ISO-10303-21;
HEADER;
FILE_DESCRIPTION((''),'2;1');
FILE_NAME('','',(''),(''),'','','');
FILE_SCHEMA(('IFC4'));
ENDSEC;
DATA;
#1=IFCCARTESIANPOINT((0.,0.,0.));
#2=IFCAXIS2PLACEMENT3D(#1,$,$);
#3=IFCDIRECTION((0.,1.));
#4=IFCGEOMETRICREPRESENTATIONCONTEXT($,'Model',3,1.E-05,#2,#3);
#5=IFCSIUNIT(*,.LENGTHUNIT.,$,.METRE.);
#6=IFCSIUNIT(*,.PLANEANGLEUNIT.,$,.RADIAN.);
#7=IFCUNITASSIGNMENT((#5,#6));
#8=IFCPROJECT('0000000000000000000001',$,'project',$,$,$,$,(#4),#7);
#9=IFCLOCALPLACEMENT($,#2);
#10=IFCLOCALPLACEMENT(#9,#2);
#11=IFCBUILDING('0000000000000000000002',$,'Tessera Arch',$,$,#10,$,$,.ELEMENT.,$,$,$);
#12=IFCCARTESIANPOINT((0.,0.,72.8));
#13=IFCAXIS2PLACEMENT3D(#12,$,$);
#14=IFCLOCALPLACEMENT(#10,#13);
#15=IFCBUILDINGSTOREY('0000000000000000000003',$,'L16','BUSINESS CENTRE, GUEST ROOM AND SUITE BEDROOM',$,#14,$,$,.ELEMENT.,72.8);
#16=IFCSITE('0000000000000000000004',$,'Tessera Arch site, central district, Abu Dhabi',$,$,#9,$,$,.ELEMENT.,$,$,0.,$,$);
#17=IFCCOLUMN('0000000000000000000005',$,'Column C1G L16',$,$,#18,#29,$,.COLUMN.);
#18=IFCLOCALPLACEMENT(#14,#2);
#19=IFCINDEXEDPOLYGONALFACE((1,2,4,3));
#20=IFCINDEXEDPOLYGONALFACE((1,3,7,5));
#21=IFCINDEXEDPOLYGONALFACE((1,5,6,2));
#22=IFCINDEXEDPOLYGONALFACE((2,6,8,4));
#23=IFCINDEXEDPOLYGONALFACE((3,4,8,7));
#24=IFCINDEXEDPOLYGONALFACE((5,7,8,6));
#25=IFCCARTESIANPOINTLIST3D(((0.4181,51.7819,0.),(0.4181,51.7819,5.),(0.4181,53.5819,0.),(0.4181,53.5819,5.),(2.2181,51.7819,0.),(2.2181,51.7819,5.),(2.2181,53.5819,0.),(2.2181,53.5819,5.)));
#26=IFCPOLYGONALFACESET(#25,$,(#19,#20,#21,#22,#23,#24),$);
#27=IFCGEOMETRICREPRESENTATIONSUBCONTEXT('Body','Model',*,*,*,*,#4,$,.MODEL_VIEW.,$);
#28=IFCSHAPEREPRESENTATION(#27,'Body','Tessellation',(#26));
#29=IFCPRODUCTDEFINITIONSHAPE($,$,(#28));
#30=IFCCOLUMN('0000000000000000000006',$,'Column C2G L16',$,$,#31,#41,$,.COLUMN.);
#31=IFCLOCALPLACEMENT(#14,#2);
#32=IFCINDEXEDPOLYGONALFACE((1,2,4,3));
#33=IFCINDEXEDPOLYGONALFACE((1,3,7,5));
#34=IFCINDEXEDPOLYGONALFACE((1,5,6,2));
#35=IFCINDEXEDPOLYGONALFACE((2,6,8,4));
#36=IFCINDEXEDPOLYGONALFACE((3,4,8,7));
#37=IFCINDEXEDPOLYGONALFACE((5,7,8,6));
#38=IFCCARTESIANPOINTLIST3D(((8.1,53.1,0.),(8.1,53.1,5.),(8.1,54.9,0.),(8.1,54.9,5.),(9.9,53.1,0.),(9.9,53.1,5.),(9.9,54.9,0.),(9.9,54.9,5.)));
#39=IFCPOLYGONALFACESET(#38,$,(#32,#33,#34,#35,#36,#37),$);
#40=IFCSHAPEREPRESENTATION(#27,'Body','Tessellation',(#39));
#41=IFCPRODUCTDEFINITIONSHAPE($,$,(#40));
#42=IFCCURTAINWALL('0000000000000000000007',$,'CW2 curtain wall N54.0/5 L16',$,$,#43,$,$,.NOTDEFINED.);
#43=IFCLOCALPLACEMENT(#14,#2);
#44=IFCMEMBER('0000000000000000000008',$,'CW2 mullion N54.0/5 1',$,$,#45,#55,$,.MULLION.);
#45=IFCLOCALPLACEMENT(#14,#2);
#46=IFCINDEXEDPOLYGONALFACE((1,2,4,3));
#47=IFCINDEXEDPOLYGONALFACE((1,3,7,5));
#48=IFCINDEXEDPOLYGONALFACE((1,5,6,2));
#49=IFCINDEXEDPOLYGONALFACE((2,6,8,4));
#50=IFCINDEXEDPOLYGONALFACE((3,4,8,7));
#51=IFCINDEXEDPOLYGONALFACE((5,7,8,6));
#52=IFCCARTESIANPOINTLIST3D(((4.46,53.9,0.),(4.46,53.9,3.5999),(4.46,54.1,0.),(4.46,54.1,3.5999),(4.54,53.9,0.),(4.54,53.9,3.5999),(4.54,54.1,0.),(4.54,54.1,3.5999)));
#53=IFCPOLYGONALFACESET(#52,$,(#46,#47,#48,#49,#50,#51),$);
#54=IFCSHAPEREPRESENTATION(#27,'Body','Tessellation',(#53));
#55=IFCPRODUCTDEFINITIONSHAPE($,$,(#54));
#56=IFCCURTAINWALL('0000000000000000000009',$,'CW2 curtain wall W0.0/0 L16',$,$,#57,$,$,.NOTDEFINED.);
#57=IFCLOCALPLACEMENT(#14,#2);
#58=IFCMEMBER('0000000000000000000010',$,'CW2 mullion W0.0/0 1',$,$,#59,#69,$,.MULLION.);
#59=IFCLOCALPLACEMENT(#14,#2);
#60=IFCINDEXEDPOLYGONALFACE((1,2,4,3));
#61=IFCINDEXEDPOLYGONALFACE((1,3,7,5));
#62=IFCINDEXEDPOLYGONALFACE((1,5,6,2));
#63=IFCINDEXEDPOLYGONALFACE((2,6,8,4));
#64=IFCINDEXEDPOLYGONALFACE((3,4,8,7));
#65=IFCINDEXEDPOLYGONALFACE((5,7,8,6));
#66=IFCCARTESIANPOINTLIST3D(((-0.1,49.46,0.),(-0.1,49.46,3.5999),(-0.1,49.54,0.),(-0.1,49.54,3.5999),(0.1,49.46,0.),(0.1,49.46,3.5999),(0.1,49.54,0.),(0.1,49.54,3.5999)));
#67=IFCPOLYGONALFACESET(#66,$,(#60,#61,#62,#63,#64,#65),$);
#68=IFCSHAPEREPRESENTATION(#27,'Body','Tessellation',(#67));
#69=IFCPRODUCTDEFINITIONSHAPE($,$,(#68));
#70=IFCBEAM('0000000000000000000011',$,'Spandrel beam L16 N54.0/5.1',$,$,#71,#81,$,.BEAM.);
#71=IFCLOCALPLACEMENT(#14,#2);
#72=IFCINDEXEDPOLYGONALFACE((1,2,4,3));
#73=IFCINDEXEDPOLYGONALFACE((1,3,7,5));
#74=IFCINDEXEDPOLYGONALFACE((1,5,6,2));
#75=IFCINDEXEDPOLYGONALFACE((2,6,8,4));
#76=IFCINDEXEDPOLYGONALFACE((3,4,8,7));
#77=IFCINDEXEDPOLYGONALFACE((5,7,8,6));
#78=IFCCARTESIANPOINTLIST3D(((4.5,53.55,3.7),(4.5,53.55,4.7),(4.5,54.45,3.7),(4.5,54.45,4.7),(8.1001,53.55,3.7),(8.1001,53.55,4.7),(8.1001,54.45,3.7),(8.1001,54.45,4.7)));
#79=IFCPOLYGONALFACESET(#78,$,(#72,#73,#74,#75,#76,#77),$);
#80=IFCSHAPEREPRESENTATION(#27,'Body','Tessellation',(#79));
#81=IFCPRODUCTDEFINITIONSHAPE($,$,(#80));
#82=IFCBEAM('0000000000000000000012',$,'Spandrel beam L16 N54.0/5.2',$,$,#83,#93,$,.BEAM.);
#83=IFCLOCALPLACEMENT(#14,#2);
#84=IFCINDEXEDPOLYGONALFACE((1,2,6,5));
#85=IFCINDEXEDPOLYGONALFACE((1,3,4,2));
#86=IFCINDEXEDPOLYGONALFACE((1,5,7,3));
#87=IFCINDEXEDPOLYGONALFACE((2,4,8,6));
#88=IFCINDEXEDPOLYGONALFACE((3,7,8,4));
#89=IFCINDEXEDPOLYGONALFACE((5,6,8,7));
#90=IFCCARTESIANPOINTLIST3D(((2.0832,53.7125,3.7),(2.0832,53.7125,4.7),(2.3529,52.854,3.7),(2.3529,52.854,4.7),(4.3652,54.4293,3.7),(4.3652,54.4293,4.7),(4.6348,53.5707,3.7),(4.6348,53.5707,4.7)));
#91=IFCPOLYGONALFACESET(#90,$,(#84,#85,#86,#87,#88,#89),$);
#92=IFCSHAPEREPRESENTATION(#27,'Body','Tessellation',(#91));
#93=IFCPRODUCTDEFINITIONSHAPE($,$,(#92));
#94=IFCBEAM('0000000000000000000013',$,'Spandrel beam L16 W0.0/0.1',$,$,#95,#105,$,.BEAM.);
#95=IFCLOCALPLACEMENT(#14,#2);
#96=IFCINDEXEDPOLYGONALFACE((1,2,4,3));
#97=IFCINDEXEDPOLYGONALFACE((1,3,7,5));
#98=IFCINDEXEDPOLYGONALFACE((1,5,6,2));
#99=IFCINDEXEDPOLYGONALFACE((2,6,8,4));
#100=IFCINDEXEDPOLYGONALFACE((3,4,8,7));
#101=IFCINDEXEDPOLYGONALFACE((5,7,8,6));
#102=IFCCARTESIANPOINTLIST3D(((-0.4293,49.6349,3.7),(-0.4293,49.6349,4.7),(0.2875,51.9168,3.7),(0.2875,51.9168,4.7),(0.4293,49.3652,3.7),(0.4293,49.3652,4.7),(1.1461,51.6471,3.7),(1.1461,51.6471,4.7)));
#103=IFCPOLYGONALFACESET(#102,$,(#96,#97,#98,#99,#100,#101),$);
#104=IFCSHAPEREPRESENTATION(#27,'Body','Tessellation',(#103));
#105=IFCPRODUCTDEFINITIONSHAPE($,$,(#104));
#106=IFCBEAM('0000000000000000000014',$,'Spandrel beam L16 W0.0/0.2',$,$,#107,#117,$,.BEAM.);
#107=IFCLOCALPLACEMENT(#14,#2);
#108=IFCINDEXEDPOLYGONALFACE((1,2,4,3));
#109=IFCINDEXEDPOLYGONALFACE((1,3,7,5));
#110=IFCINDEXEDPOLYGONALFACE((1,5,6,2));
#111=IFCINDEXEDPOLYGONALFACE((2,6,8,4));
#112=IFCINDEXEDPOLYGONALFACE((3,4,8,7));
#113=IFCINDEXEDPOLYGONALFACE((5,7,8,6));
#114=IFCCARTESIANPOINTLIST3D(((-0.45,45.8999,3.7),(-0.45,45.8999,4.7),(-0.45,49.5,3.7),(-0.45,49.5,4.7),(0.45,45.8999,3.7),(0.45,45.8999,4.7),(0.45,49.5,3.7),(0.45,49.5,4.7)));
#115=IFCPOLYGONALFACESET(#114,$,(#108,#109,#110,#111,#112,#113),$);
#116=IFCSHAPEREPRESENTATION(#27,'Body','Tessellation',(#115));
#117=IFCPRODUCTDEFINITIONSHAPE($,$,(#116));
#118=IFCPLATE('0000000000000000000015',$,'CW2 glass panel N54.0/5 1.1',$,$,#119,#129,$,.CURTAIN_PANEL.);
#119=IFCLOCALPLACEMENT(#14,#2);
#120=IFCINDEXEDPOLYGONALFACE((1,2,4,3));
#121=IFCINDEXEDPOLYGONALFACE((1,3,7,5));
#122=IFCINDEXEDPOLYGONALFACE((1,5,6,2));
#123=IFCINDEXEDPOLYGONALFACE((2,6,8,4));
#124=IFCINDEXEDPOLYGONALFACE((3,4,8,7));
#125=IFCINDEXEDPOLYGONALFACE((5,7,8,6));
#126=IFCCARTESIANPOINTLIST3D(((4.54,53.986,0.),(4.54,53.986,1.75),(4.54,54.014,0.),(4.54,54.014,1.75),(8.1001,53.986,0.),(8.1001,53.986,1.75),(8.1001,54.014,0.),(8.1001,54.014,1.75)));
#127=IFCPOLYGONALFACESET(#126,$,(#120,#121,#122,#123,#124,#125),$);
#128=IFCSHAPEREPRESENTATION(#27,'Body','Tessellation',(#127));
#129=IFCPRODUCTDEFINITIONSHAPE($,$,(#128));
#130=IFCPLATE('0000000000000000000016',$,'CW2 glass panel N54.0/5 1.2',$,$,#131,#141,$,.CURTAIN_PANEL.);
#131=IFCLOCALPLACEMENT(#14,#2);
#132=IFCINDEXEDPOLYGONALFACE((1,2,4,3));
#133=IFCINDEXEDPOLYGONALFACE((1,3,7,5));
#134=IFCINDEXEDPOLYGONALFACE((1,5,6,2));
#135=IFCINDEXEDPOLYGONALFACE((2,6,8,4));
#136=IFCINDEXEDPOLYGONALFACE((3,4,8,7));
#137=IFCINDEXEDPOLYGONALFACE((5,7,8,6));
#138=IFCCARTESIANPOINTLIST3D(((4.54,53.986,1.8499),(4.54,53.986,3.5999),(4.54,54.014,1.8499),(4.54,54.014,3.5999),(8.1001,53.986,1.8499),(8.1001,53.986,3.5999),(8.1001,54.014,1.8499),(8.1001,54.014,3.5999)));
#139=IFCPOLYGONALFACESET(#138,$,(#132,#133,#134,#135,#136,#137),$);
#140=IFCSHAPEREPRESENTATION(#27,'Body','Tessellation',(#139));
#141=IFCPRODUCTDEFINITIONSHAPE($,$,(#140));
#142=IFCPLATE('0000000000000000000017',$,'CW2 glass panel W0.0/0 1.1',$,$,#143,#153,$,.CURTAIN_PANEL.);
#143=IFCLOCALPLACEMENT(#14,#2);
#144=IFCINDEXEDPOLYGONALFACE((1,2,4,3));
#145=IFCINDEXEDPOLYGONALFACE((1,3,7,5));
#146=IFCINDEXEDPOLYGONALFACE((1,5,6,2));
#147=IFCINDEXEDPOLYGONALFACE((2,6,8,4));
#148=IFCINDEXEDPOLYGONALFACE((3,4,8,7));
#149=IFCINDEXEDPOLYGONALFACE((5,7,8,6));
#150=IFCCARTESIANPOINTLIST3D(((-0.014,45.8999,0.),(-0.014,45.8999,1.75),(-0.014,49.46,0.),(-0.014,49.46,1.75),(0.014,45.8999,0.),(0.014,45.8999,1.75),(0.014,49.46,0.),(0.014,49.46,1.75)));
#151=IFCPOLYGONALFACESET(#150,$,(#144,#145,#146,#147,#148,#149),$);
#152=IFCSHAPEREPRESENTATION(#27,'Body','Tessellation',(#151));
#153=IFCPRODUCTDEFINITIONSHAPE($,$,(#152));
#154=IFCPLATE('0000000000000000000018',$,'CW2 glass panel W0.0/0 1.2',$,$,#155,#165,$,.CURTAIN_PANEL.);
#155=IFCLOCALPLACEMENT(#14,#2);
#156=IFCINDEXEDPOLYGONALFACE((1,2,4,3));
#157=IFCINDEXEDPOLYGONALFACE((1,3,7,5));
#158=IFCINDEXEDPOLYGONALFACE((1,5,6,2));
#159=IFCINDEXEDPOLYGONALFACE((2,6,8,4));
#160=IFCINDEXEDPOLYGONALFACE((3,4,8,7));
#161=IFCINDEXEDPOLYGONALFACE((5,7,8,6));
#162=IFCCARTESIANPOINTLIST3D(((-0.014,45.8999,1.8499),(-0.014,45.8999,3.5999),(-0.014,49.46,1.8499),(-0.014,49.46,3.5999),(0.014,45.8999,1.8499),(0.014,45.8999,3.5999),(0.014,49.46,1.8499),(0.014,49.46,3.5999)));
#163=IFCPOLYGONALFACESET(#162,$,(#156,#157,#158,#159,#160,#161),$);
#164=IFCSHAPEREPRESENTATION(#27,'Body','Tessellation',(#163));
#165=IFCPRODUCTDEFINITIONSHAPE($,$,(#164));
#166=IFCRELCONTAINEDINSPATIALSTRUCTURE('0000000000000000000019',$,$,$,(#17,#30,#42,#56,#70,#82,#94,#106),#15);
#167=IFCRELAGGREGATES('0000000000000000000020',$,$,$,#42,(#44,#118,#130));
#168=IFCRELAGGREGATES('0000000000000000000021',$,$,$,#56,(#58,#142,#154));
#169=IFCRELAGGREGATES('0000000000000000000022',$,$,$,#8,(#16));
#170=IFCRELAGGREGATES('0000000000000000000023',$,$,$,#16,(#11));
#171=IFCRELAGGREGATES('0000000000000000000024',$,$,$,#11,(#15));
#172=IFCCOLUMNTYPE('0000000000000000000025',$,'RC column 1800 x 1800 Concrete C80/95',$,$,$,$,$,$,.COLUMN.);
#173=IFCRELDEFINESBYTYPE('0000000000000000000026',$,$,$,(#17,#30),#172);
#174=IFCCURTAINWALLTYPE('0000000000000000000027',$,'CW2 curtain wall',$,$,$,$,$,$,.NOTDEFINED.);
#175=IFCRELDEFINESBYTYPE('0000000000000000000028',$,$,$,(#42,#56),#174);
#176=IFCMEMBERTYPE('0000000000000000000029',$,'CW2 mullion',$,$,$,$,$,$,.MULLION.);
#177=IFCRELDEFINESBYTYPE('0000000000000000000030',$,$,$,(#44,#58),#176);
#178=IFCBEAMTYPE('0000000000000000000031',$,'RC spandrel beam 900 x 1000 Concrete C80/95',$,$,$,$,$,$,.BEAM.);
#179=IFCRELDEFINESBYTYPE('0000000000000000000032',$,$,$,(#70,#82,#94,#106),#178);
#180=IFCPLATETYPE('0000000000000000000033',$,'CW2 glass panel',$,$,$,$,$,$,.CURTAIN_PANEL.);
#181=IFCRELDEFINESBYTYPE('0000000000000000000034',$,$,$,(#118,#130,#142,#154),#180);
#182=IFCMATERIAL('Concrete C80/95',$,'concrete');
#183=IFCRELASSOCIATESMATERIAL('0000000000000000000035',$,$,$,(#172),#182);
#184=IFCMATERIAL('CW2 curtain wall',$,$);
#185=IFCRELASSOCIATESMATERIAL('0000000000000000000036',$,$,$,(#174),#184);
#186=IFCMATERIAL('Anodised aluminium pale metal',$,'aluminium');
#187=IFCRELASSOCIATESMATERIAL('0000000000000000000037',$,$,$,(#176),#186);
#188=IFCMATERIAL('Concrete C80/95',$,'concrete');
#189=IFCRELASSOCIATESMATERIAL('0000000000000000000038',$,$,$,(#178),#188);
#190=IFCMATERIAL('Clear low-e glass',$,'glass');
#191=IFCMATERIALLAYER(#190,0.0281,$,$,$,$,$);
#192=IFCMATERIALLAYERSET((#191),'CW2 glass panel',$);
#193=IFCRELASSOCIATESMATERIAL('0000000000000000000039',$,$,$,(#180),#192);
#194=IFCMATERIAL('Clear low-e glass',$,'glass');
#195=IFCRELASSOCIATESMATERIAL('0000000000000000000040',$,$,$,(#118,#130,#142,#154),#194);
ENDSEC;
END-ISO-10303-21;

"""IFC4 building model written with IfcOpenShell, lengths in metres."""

from ifc_helpers import new_model, si_unit, direction, frame, origin, origin_2d, place, context, subcontext, project, spatial, rectangle, extrude, material, layer, layer_set, material_profile, profile_set, type_object, element, aggregate, save


model = new_model("IFC4")

# Units and contexts
model_context = context("Model", 3, precision=1e-05, world=origin(), true_north=direction((0.0, 1.0)))
body_context = subcontext(model_context, "Body", "Model", "MODEL_VIEW")
ifc_project = project(units=[si_unit("LENGTHUNIT", "METRE"), si_unit("PLANEANGLEUNIT", "RADIAN")], contexts=[model_context])

# Site, building, storey
site_placement = place(None, origin())
site = spatial("IfcSite", under=ifc_project, at=site_placement, Name="Tessera Arch site, central district, Abu Dhabi", CompositionType="ELEMENT", RefElevation=0.0)
building_placement = place(site_placement, origin())
building = spatial("IfcBuilding", under=site, at=building_placement, Name="Tessera Arch", CompositionType="ELEMENT")
storey_placement = place(building_placement, frame((0.0, 0.0, 72.8)))
storey = spatial("IfcBuildingStorey", under=building, at=storey_placement, Name="L16", Description="BUSINESS CENTRE, GUEST ROOM AND SUITE BEDROOM", CompositionType="ELEMENT", Elevation=72.8)

# Columns
ifc_material_1 = material(Name="Concrete C80/95", Category="concrete")
ifc_material_profile_1 = material_profile(ifc_material_1, rectangle(XDim=1.8, YDim=1.8, at=origin_2d()), Name="RC column 1800 x 1800 Concrete C80/95")
ifc_profile_set_1 = profile_set([ifc_material_profile_1], Name="Concrete C80/95")
column_type = type_object("IfcColumnType", Name="RC column 1800 x 1800 Concrete C80/95", PredefinedType="COLUMN", material=ifc_profile_set_1)
for number, where, z_axis, x_axis, name in (
    (1, (1.3181, 52.6819, 0.0), (0.0, 0.0, 1.0), (1.0, 0.0, 0.0), "Column C1G L16"),
    (2, (9.0, 54.0, 0.0), (0.0, 0.0, 1.0), (1.0, 0.0, 0.0), "Column C2G L16"),
):
    element("IfcColumn", number, at=place(storey_placement, frame(where, z_axis=z_axis, x_axis=x_axis)), inside=storey, type_object=column_type, Name=name, PredefinedType="COLUMN", context=body_context, shape_type="SweptSolid", body=[
        extrude(rectangle(XDim=1.8, YDim=1.8, at=origin_2d()), origin(), (0.0, 0.0, 1.0), 5.0),
    ])

# Curtain walls, members
ifc_material_2 = material(Name="CW2 curtain wall")
curtain_wall_type = type_object("IfcCurtainWallType", Name="CW2 curtain wall", PredefinedType="NOTDEFINED", material=ifc_material_2)
curtain_wall_1_placement = place(storey_placement, origin())
curtain_wall_1 = element("IfcCurtainWall", 3, at=curtain_wall_1_placement, inside=storey, type_object=curtain_wall_type, Name="CW2 curtain wall N54.0/5 L16", PredefinedType="NOTDEFINED")
ifc_material_3 = material(Name="Anodised aluminium pale metal", Category="aluminium")
ifc_material_profile_2 = material_profile(ifc_material_3, rectangle(XDim=0.2, YDim=0.0801, at=origin_2d()), Name="AL 80x200")
ifc_profile_set_2 = profile_set([ifc_material_profile_2], Name="Anodised aluminium pale metal")
member_type = type_object("IfcMemberType", Name="CW2 mullion", PredefinedType="MULLION", material=ifc_profile_set_2)
member_1_placement = place(storey_placement, frame((4.5, 54.0, 0.0), z_axis=(0.0, 0.0, 1.0), x_axis=(0.0, -1.0, 0.0)))
member_1 = element("IfcMember", 4, at=member_1_placement, type_object=member_type, Name="CW2 mullion N54.0/5 1", PredefinedType="MULLION", context=body_context, shape_type="SweptSolid", body=[
    extrude(rectangle(XDim=0.2, YDim=0.0801, at=origin_2d()), origin(), (0.0, 0.0, 1.0), 3.5999),
])
curtain_wall_2_placement = place(storey_placement, origin())
curtain_wall_2 = element("IfcCurtainWall", 5, at=curtain_wall_2_placement, inside=storey, type_object=curtain_wall_type, Name="CW2 curtain wall W0.0/0 L16", PredefinedType="NOTDEFINED")
member_2_placement = place(storey_placement, frame((0.0, 49.5, 0.0), z_axis=(0.0, 0.0, 1.0), x_axis=(1.0, 0.0, 0.0)))
member_2 = element("IfcMember", 6, at=member_2_placement, type_object=member_type, Name="CW2 mullion W0.0/0 1", PredefinedType="MULLION", context=body_context, shape_type="SweptSolid", body=[
    extrude(rectangle(XDim=0.2, YDim=0.0801, at=origin_2d()), origin(), (0.0, 0.0, 1.0), 3.5999),
])

# Beams
ifc_material_4 = material(Name="Concrete C80/95", Category="concrete")
ifc_material_profile_3 = material_profile(ifc_material_4, rectangle(XDim=0.8999, YDim=1.0, at=origin_2d()), Name="RC spandrel beam 900 x 1000 Concrete C80/95")
ifc_profile_set_3 = profile_set([ifc_material_profile_3], Name="Concrete C80/95")
beam_type = type_object("IfcBeamType", Name="RC spandrel beam 900 x 1000 Concrete C80/95", PredefinedType="BEAM", material=ifc_profile_set_3)
beam_1_placement = place(storey_placement, frame((8.1001, 54.0, 4.2), z_axis=(-1.0, 0.0, 0.0), x_axis=(0.0, -1.0, 0.0)))
element("IfcBeam", 7, at=beam_1_placement, inside=storey, type_object=beam_type, Name="Spandrel beam L16 N54.0/5.1", PredefinedType="BEAM", context=body_context, shape_type="SweptSolid", body=[
    extrude(rectangle(XDim=0.8999, YDim=1.0, at=origin_2d()), origin(), (0.0, 0.0, 1.0), 3.6001),
])
for number, where, z_axis, x_axis, name in (
    (8, (4.5, 54.0, 4.2), (-0.954041, -0.299675, 0.0), (0.299675, -0.954041, 0.0), "Spandrel beam L16 N54.0/5.2"),
    (9, (0.7168, 51.782, 4.2), (-0.299675, -0.954041, 0.0), (0.954041, -0.299675, 0.0), "Spandrel beam L16 W0.0/0.1"),
):
    element("IfcBeam", number, at=place(storey_placement, frame(where, z_axis=z_axis, x_axis=x_axis)), inside=storey, type_object=beam_type, Name=name, PredefinedType="BEAM", context=body_context, shape_type="SweptSolid", body=[
        extrude(rectangle(XDim=0.8999, YDim=1.0, at=origin_2d()), origin(), (0.0, 0.0, 1.0), 2.3918),
    ])
beam_2_placement = place(storey_placement, frame((0.0, 49.5, 4.2), z_axis=(0.0, -1.0, 0.0), x_axis=(1.0, 0.0, 0.0)))
element("IfcBeam", 10, at=beam_2_placement, inside=storey, type_object=beam_type, Name="Spandrel beam L16 W0.0/0.2", PredefinedType="BEAM", context=body_context, shape_type="SweptSolid", body=[
    extrude(rectangle(XDim=0.8999, YDim=1.0, at=origin_2d()), origin(), (0.0, 0.0, 1.0), 3.6001),
])

# Plates
ifc_material_5 = material(Name="Clear low-e glass", Category="glass")
ifc_material_6 = material(Name="Clear low-e glass", Category="glass")
ifc_layer_1 = layer(ifc_material_6, 0.0281)
ifc_layer_set_1 = layer_set([ifc_layer_1], Name="CW2 glass panel")
plate_type = type_object("IfcPlateType", Name="CW2 glass panel", PredefinedType="CURTAIN_PANEL", material=ifc_layer_set_1)
plate_1_placement = place(storey_placement, frame((6.3201, 54.0, 0.0), z_axis=(0.0, 0.0, 1.0), x_axis=(-1.0, 0.0, 0.0)))
plate_1 = element("IfcPlate", 11, at=plate_1_placement, type_object=plate_type, material=ifc_material_5, Name="CW2 glass panel N54.0/5 1.1", PredefinedType="CURTAIN_PANEL", context=body_context, shape_type="SweptSolid", body=[
    extrude(rectangle(XDim=3.5601, YDim=0.0281, at=origin_2d()), origin(), (0.0, 0.0, 1.0), 1.75),
])
plate_2_placement = place(storey_placement, frame((6.3201, 54.0, 1.8499), z_axis=(0.0, 0.0, 1.0), x_axis=(-1.0, 0.0, 0.0)))
plate_2 = element("IfcPlate", 12, at=plate_2_placement, type_object=plate_type, material=ifc_material_5, Name="CW2 glass panel N54.0/5 1.2", PredefinedType="CURTAIN_PANEL", context=body_context, shape_type="SweptSolid", body=[
    extrude(rectangle(XDim=3.5601, YDim=0.0281, at=origin_2d()), origin(), (0.0, 0.0, 1.0), 1.75),
])
aggregate(curtain_wall_1, [member_1, plate_1, plate_2])
plate_3_placement = place(storey_placement, frame((0.0, 47.6799, 0.0), z_axis=(0.0, 0.0, 1.0), x_axis=(0.0, -1.0, 0.0)))
plate_3 = element("IfcPlate", 13, at=plate_3_placement, type_object=plate_type, material=ifc_material_5, Name="CW2 glass panel W0.0/0 1.1", PredefinedType="CURTAIN_PANEL", context=body_context, shape_type="SweptSolid", body=[
    extrude(rectangle(XDim=3.5601, YDim=0.0281, at=origin_2d()), origin(), (0.0, 0.0, 1.0), 1.75),
])
plate_4_placement = place(storey_placement, frame((0.0, 47.6799, 1.8499), z_axis=(0.0, 0.0, 1.0), x_axis=(0.0, -1.0, 0.0)))
plate_4 = element("IfcPlate", 14, at=plate_4_placement, type_object=plate_type, material=ifc_material_5, Name="CW2 glass panel W0.0/0 1.2", PredefinedType="CURTAIN_PANEL", context=body_context, shape_type="SweptSolid", body=[
    extrude(rectangle(XDim=3.5601, YDim=0.0281, at=origin_2d()), origin(), (0.0, 0.0, 1.0), 1.75),
])
aggregate(curtain_wall_2, [member_2, plate_3, plate_4])

save(model, "model.ifc")
